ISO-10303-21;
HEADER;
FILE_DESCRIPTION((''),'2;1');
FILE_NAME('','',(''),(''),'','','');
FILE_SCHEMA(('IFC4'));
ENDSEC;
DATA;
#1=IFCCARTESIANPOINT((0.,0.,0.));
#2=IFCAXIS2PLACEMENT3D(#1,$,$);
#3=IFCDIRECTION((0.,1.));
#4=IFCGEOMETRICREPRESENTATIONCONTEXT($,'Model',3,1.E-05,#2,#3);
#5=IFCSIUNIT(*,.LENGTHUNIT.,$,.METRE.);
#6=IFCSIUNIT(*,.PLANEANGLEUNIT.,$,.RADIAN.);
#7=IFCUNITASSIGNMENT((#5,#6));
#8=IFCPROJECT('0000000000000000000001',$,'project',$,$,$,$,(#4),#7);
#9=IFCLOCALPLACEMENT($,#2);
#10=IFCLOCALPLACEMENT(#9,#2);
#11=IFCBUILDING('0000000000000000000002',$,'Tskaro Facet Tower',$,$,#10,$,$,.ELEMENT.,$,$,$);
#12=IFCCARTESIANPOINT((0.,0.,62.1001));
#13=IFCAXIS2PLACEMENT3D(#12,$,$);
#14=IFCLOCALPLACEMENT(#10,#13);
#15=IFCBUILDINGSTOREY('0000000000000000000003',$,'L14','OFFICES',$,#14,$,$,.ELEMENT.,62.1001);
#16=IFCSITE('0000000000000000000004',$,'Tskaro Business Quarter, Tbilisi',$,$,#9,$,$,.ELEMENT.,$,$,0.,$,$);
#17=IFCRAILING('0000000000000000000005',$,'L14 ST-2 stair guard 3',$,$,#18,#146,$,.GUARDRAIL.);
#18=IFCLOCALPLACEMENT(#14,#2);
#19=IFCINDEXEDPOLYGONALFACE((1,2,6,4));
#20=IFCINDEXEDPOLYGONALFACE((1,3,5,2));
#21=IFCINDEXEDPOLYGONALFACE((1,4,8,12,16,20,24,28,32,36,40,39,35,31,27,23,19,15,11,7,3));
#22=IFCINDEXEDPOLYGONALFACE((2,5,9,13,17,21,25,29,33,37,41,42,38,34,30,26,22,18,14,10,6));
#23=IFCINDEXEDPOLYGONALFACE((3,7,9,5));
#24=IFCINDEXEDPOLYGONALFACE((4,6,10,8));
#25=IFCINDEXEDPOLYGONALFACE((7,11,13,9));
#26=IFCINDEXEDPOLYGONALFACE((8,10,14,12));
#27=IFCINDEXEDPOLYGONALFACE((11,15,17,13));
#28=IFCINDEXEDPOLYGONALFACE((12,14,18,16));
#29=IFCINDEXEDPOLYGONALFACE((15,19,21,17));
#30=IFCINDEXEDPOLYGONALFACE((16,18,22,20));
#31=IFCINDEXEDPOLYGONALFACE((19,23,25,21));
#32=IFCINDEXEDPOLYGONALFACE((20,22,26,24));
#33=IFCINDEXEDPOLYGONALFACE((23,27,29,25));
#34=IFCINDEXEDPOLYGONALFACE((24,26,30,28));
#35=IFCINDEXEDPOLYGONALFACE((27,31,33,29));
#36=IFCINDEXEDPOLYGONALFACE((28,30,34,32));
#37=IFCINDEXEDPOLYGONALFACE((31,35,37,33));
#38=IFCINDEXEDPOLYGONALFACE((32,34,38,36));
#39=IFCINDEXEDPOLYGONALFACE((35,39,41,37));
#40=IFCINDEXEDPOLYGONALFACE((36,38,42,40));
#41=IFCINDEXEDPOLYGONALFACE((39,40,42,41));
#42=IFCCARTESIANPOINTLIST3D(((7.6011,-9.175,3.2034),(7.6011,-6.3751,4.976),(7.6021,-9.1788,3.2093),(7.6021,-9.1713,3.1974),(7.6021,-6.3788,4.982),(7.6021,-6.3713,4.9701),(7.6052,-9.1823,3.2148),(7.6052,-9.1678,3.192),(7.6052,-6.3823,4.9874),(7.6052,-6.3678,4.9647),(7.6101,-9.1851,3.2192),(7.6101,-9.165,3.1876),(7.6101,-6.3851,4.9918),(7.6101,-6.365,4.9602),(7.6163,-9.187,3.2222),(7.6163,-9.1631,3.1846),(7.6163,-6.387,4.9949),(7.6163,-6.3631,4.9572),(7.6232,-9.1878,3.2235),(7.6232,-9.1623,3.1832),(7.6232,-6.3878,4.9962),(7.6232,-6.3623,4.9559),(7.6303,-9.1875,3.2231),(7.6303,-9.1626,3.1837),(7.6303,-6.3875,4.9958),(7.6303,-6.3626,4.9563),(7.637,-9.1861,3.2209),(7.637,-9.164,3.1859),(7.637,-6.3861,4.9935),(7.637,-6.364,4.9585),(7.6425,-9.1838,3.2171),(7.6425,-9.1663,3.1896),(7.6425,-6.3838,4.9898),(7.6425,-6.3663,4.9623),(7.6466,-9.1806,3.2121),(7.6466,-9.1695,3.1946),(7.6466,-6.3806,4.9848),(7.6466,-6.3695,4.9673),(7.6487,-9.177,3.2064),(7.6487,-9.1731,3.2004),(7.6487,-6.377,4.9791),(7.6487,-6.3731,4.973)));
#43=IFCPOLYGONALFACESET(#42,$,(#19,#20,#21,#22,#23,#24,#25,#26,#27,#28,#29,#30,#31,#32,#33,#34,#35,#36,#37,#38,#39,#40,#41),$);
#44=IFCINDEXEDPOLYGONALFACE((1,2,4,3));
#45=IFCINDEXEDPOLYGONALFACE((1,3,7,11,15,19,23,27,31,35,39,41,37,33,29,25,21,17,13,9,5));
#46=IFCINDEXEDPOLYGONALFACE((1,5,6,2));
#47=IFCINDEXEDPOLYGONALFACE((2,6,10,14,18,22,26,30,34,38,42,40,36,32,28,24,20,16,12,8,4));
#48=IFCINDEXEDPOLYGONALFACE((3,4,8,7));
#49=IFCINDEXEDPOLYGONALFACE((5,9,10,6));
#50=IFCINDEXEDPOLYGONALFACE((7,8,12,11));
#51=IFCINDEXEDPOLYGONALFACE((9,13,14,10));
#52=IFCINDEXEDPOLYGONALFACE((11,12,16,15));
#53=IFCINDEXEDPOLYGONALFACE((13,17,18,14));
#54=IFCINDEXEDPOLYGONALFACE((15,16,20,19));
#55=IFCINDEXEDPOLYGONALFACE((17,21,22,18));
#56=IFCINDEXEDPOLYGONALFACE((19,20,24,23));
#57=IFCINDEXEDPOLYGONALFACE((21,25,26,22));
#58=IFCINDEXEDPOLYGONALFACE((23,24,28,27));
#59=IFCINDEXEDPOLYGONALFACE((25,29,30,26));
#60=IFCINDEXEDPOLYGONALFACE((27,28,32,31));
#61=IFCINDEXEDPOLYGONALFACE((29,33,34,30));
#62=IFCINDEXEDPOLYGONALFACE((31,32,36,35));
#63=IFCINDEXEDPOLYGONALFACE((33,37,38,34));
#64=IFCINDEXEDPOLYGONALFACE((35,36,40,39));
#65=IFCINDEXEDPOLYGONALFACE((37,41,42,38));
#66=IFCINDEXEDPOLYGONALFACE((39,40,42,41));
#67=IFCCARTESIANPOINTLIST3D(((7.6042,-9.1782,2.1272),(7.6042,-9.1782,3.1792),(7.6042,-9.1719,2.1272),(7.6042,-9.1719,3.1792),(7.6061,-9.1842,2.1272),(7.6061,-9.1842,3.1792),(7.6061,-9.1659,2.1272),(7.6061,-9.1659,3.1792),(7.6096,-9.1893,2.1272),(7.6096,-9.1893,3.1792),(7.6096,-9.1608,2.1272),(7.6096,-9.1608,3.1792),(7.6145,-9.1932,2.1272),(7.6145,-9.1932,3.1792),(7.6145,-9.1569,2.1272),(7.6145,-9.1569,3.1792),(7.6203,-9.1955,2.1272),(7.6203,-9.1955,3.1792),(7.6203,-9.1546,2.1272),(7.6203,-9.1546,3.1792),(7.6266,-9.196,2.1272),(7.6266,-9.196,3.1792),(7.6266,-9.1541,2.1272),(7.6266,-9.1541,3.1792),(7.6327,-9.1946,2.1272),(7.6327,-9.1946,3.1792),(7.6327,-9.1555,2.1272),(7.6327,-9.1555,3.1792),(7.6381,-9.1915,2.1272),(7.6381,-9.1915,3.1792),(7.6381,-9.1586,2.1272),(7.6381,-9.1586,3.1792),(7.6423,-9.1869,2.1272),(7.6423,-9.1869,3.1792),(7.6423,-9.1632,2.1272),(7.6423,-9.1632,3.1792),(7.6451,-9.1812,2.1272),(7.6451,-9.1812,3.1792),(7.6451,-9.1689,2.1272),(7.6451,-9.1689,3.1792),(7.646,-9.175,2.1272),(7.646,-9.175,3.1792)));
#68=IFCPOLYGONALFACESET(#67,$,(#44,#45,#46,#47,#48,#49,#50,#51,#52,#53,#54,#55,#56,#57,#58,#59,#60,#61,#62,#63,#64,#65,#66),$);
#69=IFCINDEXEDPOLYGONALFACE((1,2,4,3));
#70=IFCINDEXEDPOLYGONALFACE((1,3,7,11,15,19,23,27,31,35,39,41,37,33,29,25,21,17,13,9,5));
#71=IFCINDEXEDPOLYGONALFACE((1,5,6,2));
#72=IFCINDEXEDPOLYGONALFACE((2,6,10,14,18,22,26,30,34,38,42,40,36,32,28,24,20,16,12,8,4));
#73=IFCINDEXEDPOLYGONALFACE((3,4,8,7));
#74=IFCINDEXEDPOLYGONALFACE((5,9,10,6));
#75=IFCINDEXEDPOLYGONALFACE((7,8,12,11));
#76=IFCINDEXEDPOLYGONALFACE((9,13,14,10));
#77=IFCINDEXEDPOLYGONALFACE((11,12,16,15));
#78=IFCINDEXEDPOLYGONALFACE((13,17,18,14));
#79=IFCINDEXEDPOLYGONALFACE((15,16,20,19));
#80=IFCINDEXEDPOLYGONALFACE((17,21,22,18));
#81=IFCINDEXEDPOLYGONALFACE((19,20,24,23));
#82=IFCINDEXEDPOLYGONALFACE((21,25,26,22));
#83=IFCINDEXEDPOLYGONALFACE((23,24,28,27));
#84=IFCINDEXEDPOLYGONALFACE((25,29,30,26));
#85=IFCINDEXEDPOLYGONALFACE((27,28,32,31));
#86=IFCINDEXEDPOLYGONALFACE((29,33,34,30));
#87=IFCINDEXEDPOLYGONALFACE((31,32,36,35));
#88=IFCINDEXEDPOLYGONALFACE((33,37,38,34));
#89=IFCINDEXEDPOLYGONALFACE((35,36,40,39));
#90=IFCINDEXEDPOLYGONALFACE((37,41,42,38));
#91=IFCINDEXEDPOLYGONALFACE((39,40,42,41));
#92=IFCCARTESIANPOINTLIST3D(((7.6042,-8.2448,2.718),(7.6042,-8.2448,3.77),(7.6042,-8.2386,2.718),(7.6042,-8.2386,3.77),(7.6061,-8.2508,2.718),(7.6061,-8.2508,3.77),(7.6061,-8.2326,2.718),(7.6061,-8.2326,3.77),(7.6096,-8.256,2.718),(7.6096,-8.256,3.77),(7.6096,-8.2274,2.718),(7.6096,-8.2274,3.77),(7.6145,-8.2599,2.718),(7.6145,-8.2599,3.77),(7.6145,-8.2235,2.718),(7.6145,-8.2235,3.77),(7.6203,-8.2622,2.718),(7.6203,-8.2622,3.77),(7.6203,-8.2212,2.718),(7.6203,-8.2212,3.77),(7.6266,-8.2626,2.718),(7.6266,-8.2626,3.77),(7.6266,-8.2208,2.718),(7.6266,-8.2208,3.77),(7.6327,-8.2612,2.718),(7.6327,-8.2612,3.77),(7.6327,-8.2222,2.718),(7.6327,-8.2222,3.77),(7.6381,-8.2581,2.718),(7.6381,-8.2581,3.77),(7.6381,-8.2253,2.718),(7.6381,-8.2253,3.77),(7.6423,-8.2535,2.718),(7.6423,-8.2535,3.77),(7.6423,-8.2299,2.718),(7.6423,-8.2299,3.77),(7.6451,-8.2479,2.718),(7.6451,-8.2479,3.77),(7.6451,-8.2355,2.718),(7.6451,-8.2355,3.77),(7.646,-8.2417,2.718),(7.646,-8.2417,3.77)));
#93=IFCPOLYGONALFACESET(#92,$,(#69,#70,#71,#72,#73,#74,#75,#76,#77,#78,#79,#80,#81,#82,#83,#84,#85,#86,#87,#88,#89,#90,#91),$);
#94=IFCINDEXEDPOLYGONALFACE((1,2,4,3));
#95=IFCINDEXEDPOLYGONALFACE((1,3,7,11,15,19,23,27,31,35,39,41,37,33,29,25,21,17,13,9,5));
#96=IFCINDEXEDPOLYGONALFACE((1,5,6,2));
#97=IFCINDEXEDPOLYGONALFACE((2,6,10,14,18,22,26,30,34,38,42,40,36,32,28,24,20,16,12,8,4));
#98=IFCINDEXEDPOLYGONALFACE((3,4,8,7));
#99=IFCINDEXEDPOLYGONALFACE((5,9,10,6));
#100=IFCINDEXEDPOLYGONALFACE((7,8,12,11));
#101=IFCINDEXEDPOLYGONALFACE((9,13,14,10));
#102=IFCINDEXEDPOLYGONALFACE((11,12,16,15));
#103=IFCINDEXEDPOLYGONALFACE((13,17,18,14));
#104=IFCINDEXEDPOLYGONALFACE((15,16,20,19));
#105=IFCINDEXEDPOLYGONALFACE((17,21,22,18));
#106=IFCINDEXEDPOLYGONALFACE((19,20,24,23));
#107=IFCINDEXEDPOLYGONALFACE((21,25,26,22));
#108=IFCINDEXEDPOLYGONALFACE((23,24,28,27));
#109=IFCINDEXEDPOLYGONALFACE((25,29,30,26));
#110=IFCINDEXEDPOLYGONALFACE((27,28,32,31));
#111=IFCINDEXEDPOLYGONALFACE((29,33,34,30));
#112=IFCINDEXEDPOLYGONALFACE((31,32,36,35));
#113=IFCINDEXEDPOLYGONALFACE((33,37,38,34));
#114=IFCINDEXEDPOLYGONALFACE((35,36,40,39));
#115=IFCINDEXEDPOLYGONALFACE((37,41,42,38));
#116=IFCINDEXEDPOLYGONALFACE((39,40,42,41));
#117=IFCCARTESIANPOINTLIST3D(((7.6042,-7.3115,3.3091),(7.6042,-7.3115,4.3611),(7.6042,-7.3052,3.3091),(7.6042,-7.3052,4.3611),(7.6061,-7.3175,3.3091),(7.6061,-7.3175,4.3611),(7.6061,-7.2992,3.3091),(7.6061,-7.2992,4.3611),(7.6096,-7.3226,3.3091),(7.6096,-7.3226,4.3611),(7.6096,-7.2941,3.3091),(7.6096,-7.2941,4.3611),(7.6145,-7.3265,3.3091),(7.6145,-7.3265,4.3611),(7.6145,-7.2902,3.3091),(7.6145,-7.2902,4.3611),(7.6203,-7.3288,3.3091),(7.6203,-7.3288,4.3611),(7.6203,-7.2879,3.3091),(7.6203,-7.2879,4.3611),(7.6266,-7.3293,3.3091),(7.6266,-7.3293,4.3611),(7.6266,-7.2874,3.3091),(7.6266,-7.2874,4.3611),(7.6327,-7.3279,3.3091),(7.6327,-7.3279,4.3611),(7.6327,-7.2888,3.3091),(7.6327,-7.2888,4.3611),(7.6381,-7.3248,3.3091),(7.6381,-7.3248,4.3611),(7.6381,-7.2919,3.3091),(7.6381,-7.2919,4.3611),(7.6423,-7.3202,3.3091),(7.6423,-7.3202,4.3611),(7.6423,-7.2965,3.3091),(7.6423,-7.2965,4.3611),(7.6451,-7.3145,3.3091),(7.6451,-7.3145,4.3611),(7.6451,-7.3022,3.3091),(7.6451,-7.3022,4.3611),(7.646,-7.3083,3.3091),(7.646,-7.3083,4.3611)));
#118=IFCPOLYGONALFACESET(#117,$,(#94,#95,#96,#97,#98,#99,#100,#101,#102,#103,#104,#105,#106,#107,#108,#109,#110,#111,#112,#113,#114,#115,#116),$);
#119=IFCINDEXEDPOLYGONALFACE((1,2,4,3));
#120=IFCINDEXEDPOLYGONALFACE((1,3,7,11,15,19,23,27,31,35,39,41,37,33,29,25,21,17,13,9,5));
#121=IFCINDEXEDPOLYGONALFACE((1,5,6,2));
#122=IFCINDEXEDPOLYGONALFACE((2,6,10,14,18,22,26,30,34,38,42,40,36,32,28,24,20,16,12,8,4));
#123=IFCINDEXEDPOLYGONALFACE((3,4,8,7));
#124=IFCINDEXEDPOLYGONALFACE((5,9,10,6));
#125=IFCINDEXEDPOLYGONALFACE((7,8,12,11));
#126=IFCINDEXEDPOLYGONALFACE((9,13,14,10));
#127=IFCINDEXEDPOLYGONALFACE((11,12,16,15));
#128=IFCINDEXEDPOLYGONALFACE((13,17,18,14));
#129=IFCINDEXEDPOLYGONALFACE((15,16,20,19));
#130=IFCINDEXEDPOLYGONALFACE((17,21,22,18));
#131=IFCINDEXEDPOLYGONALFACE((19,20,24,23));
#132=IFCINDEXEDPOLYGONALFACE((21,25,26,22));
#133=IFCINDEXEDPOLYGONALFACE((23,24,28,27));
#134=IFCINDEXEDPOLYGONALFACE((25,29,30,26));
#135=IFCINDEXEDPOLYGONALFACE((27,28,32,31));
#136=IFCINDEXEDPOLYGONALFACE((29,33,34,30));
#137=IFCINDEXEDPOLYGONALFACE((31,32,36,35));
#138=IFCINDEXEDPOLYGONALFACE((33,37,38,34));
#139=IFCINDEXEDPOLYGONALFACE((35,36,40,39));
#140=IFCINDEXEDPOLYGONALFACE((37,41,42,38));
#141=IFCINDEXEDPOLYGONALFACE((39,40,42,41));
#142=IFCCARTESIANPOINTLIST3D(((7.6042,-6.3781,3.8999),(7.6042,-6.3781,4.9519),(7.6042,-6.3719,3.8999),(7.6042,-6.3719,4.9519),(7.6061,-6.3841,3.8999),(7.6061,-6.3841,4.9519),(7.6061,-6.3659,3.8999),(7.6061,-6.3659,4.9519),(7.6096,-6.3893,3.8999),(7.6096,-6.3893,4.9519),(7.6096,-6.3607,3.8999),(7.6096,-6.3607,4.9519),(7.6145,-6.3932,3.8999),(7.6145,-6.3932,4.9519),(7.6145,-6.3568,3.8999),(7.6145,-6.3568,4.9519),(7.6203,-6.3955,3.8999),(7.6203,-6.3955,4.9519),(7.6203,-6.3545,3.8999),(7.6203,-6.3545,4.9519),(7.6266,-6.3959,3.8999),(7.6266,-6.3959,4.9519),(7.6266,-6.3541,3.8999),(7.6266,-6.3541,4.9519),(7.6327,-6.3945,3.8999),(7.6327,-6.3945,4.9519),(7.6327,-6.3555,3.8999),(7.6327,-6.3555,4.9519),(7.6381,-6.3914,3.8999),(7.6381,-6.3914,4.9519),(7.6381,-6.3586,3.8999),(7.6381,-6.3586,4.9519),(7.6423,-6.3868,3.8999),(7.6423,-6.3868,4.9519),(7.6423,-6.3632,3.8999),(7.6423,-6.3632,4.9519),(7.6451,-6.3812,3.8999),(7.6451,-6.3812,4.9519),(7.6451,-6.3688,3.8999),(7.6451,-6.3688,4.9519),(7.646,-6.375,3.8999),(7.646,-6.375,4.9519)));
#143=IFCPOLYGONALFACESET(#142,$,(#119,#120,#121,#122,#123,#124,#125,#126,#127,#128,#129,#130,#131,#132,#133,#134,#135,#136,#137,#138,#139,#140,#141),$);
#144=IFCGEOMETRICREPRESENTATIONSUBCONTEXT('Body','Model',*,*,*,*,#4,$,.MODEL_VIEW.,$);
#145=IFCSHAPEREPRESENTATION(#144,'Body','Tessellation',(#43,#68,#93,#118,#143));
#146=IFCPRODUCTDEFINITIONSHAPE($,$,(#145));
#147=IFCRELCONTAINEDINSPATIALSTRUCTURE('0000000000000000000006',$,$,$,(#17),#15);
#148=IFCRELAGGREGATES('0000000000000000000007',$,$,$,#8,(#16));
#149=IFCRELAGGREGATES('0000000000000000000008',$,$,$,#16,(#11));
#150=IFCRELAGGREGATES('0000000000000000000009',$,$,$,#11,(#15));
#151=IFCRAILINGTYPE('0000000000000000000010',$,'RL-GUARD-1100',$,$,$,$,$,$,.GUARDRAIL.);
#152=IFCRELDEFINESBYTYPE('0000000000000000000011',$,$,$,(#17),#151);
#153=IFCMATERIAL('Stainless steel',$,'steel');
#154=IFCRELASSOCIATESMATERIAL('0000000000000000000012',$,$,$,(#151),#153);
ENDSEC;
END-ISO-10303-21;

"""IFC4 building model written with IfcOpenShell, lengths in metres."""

from ifc_helpers import new_model, si_unit, direction, frame, origin, origin_2d, place, context, subcontext, project, spatial, circle, extrude, material, type_object, element, save


model = new_model("IFC4")

# Units and contexts
model_context = context("Model", 3, precision=1e-05, world=origin(), true_north=direction((0.0, 1.0)))
body_context = subcontext(model_context, "Body", "Model", "MODEL_VIEW")
ifc_project = project(units=[si_unit("LENGTHUNIT", "METRE"), si_unit("PLANEANGLEUNIT", "RADIAN")], contexts=[model_context])

# Site, building, storey
site_placement = place(None, origin())
site = spatial("IfcSite", under=ifc_project, at=site_placement, Name="Tskaro Business Quarter, Tbilisi", CompositionType="ELEMENT", RefElevation=0.0)
building_placement = place(site_placement, origin())
building = spatial("IfcBuilding", under=site, at=building_placement, Name="Tskaro Facet Tower", CompositionType="ELEMENT")
storey_placement = place(building_placement, frame((0.0, 0.0, 62.1001)))
storey = spatial("IfcBuildingStorey", under=building, at=storey_placement, Name="L14", Description="OFFICES", CompositionType="ELEMENT", Elevation=62.1001)

# Shared definitions
ifc_material_1 = material(Name="Stainless steel", Category="steel")

# Railing
railing_type_1 = type_object("IfcRailingType", Name="RL-GUARD-1100", PredefinedType="GUARDRAIL", material=ifc_material_1)
railing_1_placement = place(storey_placement, frame((7.625, -9.175, 2.1272)))
element("IfcRailing", 1, at=railing_1_placement, inside=storey, type_object=railing_type_1, Name="L14 ST-2 stair guard 3", PredefinedType="GUARDRAIL", context=body_context, shape_type="SweptSolid", body=[
    extrude(circle(Radius=0.0239, at=origin_2d()), frame((0.0, 0.0, 1.0762), z_axis=(0.0, 0.844909, 0.53491), x_axis=(-1.0, 0.0, 0.0)), (0.0, 0.0, 1.0), 3.314),
    extrude(circle(Radius=0.021, at=origin_2d()), origin(), (0.0, 0.0, 1.0), 1.052),
    extrude(circle(Radius=0.021, at=origin_2d()), frame((0.0, 0.9333, 0.5908)), (0.0, 0.0, 1.0), 1.052),
    extrude(circle(Radius=0.021, at=origin_2d()), frame((0.0, 1.8667, 1.1819)), (0.0, 0.0, 1.0), 1.052),
    extrude(circle(Radius=0.021, at=origin_2d()), frame((0.0, 2.8, 1.7727)), (0.0, 0.0, 1.0), 1.052),
])

save(model, "model.ifc")
